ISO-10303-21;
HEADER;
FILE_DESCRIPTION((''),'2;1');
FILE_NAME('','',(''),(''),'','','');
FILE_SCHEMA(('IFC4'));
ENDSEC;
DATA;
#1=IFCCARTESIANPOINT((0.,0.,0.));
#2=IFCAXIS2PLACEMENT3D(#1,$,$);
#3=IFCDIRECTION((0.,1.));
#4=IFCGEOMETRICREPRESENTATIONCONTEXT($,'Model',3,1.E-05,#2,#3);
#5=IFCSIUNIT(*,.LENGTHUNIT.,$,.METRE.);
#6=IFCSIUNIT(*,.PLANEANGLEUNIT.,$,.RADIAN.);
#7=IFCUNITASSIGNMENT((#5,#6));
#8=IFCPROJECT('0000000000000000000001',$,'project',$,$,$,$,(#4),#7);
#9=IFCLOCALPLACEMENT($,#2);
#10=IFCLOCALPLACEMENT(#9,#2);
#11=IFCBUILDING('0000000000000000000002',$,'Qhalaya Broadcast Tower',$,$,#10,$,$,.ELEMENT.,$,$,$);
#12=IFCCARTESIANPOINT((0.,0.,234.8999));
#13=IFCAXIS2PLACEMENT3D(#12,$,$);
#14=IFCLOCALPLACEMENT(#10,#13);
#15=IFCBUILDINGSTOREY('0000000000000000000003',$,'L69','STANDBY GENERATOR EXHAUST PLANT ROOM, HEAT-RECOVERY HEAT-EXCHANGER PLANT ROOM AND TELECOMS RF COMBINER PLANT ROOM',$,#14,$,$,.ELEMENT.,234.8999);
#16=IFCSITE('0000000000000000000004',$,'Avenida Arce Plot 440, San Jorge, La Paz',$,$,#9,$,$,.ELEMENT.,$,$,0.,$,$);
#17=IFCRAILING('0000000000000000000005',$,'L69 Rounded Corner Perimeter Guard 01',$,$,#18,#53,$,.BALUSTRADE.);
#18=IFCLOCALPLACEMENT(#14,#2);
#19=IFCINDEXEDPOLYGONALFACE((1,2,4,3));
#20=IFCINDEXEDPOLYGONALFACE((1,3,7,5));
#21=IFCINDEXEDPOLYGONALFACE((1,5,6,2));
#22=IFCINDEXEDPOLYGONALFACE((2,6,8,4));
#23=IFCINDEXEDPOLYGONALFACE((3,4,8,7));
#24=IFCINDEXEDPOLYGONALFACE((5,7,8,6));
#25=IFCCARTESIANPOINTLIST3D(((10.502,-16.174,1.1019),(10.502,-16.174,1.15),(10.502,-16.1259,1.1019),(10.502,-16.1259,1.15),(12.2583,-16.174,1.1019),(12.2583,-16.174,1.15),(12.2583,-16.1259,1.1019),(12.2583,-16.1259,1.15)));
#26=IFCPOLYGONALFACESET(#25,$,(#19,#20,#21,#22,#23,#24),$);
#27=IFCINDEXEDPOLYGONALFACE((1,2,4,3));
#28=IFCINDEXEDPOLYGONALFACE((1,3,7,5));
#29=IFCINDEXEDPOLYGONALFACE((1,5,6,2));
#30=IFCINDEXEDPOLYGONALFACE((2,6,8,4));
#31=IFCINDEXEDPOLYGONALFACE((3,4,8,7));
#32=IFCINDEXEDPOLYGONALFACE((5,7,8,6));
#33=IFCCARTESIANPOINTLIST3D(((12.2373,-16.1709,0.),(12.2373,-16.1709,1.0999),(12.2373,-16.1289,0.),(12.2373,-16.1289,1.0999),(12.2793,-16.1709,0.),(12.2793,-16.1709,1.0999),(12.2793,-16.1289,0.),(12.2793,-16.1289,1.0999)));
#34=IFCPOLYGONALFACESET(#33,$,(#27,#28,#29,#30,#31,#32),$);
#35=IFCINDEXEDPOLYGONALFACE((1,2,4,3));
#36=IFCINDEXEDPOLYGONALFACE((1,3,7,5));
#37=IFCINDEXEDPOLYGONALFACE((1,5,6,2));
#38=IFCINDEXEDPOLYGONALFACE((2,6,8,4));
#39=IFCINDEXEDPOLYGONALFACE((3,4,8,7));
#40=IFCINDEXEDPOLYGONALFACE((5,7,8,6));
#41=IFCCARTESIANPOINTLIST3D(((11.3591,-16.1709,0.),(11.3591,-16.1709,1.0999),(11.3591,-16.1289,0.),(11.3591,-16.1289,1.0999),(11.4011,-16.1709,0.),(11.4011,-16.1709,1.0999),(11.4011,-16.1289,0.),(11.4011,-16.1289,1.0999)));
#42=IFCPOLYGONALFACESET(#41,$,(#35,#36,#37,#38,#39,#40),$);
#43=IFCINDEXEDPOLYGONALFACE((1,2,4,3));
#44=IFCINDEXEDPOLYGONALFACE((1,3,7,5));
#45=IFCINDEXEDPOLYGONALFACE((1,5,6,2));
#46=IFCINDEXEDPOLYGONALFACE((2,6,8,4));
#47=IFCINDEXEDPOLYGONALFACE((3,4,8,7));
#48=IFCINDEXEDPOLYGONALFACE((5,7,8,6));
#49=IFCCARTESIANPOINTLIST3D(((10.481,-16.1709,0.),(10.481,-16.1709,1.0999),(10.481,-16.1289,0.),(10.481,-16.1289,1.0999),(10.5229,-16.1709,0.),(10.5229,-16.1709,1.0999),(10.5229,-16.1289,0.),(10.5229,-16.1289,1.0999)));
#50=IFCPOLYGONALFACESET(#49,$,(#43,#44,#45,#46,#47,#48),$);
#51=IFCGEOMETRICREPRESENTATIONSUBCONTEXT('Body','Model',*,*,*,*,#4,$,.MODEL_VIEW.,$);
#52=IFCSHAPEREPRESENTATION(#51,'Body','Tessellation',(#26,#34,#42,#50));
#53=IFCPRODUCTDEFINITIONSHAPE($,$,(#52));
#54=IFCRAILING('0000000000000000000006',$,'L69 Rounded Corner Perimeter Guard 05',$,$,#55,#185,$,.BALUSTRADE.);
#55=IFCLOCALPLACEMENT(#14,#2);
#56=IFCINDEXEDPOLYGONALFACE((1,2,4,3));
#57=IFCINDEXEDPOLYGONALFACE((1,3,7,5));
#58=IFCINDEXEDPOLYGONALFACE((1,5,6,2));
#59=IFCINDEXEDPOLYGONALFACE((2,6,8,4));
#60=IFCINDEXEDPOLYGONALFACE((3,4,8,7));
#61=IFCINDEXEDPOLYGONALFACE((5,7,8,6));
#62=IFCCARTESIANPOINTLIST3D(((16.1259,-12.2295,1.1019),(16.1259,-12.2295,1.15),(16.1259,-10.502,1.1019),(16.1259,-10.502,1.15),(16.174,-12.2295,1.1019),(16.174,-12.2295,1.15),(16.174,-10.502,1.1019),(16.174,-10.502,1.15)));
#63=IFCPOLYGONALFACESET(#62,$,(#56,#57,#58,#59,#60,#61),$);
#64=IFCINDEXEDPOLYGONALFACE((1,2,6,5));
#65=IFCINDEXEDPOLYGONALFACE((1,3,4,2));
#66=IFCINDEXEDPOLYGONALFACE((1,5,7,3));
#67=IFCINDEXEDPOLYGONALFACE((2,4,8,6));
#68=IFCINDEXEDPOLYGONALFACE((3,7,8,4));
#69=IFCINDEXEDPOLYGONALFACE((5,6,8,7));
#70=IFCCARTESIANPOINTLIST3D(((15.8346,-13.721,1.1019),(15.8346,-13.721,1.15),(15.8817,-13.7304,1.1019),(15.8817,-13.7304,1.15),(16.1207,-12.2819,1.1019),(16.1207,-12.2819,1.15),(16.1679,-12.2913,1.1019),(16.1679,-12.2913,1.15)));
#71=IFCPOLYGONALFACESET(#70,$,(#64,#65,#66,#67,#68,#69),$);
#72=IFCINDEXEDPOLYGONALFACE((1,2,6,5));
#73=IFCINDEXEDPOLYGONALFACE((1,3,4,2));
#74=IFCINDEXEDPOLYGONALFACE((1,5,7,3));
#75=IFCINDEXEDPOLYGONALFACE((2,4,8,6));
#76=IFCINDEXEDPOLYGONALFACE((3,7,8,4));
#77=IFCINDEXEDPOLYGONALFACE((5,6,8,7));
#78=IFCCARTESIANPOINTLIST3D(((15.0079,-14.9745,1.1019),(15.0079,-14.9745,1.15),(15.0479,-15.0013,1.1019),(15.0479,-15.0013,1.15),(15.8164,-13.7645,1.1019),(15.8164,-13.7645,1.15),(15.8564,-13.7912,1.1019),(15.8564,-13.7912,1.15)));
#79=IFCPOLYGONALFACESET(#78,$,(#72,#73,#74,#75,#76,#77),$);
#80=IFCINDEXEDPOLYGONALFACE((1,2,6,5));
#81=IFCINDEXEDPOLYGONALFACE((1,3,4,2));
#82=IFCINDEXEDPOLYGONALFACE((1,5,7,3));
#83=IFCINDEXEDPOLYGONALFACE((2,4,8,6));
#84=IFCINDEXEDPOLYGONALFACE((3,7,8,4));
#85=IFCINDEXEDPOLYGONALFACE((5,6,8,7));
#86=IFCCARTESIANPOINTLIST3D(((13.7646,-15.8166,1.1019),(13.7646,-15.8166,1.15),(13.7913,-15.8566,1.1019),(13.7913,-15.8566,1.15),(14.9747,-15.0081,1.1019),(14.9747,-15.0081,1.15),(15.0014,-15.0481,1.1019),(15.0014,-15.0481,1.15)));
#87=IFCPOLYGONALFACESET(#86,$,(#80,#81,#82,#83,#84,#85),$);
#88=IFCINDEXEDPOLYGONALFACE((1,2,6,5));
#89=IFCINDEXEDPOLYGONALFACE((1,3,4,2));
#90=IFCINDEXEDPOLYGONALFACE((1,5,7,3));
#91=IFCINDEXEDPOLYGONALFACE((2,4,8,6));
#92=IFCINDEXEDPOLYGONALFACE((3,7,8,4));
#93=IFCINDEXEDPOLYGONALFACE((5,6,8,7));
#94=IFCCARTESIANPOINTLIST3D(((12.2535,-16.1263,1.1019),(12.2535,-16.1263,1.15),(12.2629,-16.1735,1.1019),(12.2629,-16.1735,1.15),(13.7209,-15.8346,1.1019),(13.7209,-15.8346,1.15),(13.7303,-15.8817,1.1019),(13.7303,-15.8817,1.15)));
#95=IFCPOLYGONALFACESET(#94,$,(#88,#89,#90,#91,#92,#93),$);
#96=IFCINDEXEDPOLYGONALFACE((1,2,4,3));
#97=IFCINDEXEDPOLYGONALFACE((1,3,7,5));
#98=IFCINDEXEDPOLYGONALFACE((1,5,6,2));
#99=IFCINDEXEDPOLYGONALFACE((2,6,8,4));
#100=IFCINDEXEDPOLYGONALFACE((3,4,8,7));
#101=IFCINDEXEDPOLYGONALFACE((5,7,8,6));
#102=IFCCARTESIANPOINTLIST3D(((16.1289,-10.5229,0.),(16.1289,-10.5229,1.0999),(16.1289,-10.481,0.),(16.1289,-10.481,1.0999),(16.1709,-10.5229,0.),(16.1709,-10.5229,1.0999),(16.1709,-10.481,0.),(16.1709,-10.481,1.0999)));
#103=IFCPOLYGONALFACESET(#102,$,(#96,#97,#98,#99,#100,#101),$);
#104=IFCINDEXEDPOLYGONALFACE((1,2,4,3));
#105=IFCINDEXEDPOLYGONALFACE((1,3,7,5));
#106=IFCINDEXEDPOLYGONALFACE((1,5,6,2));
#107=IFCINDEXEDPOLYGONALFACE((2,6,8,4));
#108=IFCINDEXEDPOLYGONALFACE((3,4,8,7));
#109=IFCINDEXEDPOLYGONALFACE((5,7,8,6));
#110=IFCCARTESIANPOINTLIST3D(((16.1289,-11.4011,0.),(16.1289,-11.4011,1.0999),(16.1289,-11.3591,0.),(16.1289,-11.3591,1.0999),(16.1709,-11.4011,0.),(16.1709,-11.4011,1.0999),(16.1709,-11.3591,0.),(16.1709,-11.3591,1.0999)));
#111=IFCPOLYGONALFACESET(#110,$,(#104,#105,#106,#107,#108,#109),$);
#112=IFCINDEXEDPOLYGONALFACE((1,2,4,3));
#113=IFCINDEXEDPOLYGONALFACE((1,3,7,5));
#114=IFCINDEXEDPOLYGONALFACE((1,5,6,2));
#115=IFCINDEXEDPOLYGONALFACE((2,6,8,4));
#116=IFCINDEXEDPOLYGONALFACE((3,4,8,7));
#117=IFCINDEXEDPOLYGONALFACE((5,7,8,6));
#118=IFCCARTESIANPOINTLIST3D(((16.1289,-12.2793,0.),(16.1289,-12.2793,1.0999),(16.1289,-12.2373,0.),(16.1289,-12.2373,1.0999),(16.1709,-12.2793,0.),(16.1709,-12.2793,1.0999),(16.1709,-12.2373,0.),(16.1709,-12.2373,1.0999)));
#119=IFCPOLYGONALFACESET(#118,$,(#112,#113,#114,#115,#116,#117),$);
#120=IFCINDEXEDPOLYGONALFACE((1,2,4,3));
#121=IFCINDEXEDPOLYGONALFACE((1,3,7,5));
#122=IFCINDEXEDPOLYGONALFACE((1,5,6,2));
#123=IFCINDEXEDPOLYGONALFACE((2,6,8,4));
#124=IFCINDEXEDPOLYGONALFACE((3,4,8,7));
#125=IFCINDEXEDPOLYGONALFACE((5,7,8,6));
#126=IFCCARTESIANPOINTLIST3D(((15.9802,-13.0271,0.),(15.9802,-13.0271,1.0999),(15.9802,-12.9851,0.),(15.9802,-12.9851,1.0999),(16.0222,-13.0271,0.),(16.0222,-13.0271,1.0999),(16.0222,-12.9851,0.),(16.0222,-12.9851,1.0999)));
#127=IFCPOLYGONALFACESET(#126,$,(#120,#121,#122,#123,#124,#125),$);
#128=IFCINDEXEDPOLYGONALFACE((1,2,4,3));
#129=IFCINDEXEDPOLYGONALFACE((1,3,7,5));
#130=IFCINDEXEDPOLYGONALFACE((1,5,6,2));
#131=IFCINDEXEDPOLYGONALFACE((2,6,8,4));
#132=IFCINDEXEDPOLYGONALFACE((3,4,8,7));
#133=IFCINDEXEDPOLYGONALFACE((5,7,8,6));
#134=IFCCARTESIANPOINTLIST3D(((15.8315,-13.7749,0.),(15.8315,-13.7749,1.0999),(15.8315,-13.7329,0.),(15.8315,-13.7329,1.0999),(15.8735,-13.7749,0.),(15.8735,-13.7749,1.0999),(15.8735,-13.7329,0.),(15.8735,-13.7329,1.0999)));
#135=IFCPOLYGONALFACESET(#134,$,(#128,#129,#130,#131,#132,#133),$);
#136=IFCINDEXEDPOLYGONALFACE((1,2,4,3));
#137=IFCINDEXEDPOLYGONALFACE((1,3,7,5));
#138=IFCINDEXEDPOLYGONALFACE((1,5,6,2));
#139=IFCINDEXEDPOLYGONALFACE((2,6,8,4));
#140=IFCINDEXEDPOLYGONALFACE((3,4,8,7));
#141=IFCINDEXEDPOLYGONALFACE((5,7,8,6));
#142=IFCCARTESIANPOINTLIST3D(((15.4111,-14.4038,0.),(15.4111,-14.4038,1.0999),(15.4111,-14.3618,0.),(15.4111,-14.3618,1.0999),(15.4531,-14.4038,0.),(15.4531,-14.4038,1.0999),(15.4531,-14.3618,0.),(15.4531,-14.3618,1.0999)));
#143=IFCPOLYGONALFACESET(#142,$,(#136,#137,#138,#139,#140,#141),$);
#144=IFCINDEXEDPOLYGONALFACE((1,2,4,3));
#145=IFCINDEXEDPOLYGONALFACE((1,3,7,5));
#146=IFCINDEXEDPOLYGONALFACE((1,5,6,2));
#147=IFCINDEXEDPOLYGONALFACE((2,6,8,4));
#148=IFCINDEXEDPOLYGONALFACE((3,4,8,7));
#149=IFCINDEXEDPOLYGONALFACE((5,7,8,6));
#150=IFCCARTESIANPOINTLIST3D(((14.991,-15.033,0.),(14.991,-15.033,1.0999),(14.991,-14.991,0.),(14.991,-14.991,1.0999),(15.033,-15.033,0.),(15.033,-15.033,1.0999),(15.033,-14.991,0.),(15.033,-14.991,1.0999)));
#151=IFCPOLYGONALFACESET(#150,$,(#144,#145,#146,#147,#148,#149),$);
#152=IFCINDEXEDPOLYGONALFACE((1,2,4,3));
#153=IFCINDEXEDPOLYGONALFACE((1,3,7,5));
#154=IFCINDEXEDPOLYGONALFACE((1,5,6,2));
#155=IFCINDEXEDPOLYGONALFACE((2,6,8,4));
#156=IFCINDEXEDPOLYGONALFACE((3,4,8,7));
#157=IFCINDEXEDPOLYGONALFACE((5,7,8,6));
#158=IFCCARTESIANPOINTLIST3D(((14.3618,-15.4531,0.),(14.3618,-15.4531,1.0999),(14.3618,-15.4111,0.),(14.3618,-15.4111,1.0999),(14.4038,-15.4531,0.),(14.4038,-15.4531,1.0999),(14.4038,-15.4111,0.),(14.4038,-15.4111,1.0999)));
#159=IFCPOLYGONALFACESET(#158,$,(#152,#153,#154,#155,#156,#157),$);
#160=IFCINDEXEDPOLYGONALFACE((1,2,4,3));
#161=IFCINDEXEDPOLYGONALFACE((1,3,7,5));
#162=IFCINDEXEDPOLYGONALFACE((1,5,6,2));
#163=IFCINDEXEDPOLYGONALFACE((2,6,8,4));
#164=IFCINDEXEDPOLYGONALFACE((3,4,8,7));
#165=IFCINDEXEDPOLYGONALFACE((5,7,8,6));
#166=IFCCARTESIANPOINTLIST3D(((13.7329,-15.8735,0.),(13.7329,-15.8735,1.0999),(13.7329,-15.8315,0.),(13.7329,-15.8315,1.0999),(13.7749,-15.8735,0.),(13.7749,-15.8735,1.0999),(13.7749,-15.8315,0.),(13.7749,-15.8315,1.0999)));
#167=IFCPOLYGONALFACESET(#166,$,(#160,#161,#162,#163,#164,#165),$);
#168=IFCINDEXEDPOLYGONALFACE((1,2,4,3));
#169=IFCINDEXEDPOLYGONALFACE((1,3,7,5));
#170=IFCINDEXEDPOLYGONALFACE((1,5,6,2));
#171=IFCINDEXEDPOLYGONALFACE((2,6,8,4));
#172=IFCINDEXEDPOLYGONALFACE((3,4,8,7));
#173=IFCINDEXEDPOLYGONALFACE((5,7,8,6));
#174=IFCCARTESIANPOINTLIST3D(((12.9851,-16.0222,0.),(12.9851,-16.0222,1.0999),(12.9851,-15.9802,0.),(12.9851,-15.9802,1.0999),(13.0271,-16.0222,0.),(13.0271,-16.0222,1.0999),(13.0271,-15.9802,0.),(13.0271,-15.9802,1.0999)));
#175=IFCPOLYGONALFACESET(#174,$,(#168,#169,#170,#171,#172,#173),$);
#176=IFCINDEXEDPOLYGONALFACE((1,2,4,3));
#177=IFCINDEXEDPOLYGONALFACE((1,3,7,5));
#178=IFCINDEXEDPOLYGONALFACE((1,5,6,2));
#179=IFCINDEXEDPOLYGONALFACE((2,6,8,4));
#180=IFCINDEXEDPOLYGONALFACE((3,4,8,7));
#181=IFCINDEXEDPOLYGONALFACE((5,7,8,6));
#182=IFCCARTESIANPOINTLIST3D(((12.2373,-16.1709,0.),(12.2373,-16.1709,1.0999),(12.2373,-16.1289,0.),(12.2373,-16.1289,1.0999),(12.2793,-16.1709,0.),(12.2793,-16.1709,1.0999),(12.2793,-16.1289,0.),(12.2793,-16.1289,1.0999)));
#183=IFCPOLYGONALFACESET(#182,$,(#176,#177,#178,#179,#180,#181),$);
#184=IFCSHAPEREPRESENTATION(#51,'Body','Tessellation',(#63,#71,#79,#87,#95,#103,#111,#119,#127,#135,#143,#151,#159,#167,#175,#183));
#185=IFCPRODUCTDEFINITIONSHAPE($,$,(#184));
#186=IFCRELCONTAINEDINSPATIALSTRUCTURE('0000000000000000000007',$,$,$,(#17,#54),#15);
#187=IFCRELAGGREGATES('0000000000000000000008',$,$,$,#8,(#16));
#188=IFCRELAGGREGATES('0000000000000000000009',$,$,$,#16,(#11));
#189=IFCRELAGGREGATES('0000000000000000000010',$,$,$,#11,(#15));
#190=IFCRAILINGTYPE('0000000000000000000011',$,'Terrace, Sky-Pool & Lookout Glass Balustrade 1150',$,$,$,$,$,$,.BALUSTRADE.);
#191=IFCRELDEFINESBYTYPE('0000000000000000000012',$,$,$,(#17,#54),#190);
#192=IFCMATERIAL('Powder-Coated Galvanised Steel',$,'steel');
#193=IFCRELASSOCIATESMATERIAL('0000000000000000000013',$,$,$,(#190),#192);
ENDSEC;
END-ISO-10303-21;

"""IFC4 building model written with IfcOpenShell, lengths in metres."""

from ifc_helpers import new_model, si_unit, direction, frame, origin, origin_2d, place, context, subcontext, project, spatial, rectangle, extrude, material, type_object, element, save


model = new_model("IFC4")

# Units and contexts
model_context = context("Model", 3, precision=1e-05, world=origin(), true_north=direction((0.0, 1.0)))
body_context = subcontext(model_context, "Body", "Model", "MODEL_VIEW")
ifc_project = project(units=[si_unit("LENGTHUNIT", "METRE"), si_unit("PLANEANGLEUNIT", "RADIAN")], contexts=[model_context])

# Site, building, storey
site_placement = place(None, origin())
site = spatial("IfcSite", under=ifc_project, at=site_placement, Name="Avenida Arce Plot 440, San Jorge, La Paz", CompositionType="ELEMENT", RefElevation=0.0)
building_placement = place(site_placement, origin())
building = spatial("IfcBuilding", under=site, at=building_placement, Name="Qhalaya Broadcast Tower", CompositionType="ELEMENT")
storey_placement = place(building_placement, frame((0.0, 0.0, 234.8999)))
storey = spatial("IfcBuildingStorey", under=building, at=storey_placement, Name="L69", Description="STANDBY GENERATOR EXHAUST PLANT ROOM, HEAT-RECOVERY HEAT-EXCHANGER PLANT ROOM AND TELECOMS RF COMBINER PLANT ROOM", CompositionType="ELEMENT", Elevation=234.8999)

# Railings
ifc_material_1 = material(Name="Powder-Coated Galvanised Steel", Category="steel")
railing_type = type_object("IfcRailingType", Name="Terrace, Sky-Pool & Lookout Glass Balustrade 1150", PredefinedType="BALUSTRADE", material=ifc_material_1)
railing_1_placement = place(storey_placement, frame((12.2583, -16.1499, 0.0)))
element("IfcRailing", 1, at=railing_1_placement, inside=storey, type_object=railing_type, Name="L69 Rounded Corner Perimeter Guard 01", PredefinedType="BALUSTRADE", context=body_context, shape_type="SweptSolid", body=[
    extrude(rectangle(XDim=0.0481, YDim=0.0481, at=origin_2d()), frame((0.0, 0.0, 1.126), z_axis=(-1.0, 0.0, 0.0), x_axis=(0.0, -1.0, 0.0)), (0.0, 0.0, 1.0), 1.7563),
    extrude(rectangle(XDim=0.042, YDim=0.042, at=origin_2d()), origin(), (0.0, 0.0, 1.0), 1.0999),
    extrude(rectangle(XDim=0.042, YDim=0.042, at=origin_2d()), frame((-0.8782, 0.0, 0.0)), (0.0, 0.0, 1.0), 1.0999),
    extrude(rectangle(XDim=0.042, YDim=0.042, at=origin_2d()), frame((-1.7563, 0.0, 0.0)), (0.0, 0.0, 1.0), 1.0999),
])
railing_2_placement = place(storey_placement, frame((16.1499, -10.502, 0.0)))
element("IfcRailing", 2, at=railing_2_placement, inside=storey, type_object=railing_type, Name="L69 Rounded Corner Perimeter Guard 05", PredefinedType="BALUSTRADE", context=body_context, shape_type="SweptSolid", body=[
    extrude(rectangle(XDim=0.0481, YDim=0.0481, at=origin_2d()), frame((0.0, 0.0, 1.126), z_axis=(0.0, -1.0, 0.0), x_axis=(1.0, 0.0, 0.0)), (0.0, 0.0, 1.0), 1.7275),
    extrude(rectangle(XDim=0.0481, YDim=0.0481, at=origin_2d()), frame((-0.0056, -1.7847, 1.126), z_axis=(-0.195008, -0.980802, 0.0), x_axis=(0.980802, -0.195008, 0.0)), (0.0, 0.0, 1.0), 1.4673),
    extrude(rectangle(XDim=0.0481, YDim=0.0481, at=origin_2d()), frame((-0.3135, -3.2759, 1.126), z_axis=(-0.555556, -0.831479, 0.0), x_axis=(0.831479, -0.555556, 0.0)), (0.0, 0.0, 1.0), 1.4553),
    extrude(rectangle(XDim=0.0481, YDim=0.0481, at=origin_2d()), frame((-1.1619, -4.5261, 1.126), z_axis=(-0.831479, -0.555556, 0.0), x_axis=(0.555556, -0.831479, 0.0)), (0.0, 0.0, 1.0), 1.4553),
    extrude(rectangle(XDim=0.0481, YDim=0.0481, at=origin_2d()), frame((-2.4243, -5.3562, 1.126), z_axis=(-0.980802, -0.195008, 0.0), x_axis=(0.195008, -0.980802, 0.0)), (0.0, 0.0, 1.0), 1.4961),
    extrude(rectangle(XDim=0.042, YDim=0.042, at=origin_2d()), origin(), (0.0, 0.0, 1.0), 1.0999),
    extrude(rectangle(XDim=0.042, YDim=0.042, at=origin_2d()), frame((0.0, -0.8782, 0.0)), (0.0, 0.0, 1.0), 1.0999),
    extrude(rectangle(XDim=0.042, YDim=0.042, at=origin_2d()), frame((0.0, -1.7563, 0.0)), (0.0, 0.0, 1.0), 1.0999),
    extrude(rectangle(XDim=0.042, YDim=0.042, at=origin_2d()), frame((-0.1487, -2.5042, 0.0)), (0.0, 0.0, 1.0), 1.0999),
    extrude(rectangle(XDim=0.042, YDim=0.042, at=origin_2d()), frame((-0.2974, -3.252, 0.0)), (0.0, 0.0, 1.0), 1.0999),
    extrude(rectangle(XDim=0.042, YDim=0.042, at=origin_2d()), frame((-0.7178, -3.8809, 0.0)), (0.0, 0.0, 1.0), 1.0999),
    extrude(rectangle(XDim=0.042, YDim=0.042, at=origin_2d()), frame((-1.1379, -4.51, 0.0)), (0.0, 0.0, 1.0), 1.0999),
    extrude(rectangle(XDim=0.042, YDim=0.042, at=origin_2d()), frame((-1.7671, -4.9302, 0.0)), (0.0, 0.0, 1.0), 1.0999),
    extrude(rectangle(XDim=0.042, YDim=0.042, at=origin_2d()), frame((-2.396, -5.3506, 0.0)), (0.0, 0.0, 1.0), 1.0999),
    extrude(rectangle(XDim=0.042, YDim=0.042, at=origin_2d()), frame((-3.1438, -5.4993, 0.0)), (0.0, 0.0, 1.0), 1.0999),
    extrude(rectangle(XDim=0.042, YDim=0.042, at=origin_2d()), frame((-3.8916, -5.6479, 0.0)), (0.0, 0.0, 1.0), 1.0999),
])

save(model, "model.ifc")
